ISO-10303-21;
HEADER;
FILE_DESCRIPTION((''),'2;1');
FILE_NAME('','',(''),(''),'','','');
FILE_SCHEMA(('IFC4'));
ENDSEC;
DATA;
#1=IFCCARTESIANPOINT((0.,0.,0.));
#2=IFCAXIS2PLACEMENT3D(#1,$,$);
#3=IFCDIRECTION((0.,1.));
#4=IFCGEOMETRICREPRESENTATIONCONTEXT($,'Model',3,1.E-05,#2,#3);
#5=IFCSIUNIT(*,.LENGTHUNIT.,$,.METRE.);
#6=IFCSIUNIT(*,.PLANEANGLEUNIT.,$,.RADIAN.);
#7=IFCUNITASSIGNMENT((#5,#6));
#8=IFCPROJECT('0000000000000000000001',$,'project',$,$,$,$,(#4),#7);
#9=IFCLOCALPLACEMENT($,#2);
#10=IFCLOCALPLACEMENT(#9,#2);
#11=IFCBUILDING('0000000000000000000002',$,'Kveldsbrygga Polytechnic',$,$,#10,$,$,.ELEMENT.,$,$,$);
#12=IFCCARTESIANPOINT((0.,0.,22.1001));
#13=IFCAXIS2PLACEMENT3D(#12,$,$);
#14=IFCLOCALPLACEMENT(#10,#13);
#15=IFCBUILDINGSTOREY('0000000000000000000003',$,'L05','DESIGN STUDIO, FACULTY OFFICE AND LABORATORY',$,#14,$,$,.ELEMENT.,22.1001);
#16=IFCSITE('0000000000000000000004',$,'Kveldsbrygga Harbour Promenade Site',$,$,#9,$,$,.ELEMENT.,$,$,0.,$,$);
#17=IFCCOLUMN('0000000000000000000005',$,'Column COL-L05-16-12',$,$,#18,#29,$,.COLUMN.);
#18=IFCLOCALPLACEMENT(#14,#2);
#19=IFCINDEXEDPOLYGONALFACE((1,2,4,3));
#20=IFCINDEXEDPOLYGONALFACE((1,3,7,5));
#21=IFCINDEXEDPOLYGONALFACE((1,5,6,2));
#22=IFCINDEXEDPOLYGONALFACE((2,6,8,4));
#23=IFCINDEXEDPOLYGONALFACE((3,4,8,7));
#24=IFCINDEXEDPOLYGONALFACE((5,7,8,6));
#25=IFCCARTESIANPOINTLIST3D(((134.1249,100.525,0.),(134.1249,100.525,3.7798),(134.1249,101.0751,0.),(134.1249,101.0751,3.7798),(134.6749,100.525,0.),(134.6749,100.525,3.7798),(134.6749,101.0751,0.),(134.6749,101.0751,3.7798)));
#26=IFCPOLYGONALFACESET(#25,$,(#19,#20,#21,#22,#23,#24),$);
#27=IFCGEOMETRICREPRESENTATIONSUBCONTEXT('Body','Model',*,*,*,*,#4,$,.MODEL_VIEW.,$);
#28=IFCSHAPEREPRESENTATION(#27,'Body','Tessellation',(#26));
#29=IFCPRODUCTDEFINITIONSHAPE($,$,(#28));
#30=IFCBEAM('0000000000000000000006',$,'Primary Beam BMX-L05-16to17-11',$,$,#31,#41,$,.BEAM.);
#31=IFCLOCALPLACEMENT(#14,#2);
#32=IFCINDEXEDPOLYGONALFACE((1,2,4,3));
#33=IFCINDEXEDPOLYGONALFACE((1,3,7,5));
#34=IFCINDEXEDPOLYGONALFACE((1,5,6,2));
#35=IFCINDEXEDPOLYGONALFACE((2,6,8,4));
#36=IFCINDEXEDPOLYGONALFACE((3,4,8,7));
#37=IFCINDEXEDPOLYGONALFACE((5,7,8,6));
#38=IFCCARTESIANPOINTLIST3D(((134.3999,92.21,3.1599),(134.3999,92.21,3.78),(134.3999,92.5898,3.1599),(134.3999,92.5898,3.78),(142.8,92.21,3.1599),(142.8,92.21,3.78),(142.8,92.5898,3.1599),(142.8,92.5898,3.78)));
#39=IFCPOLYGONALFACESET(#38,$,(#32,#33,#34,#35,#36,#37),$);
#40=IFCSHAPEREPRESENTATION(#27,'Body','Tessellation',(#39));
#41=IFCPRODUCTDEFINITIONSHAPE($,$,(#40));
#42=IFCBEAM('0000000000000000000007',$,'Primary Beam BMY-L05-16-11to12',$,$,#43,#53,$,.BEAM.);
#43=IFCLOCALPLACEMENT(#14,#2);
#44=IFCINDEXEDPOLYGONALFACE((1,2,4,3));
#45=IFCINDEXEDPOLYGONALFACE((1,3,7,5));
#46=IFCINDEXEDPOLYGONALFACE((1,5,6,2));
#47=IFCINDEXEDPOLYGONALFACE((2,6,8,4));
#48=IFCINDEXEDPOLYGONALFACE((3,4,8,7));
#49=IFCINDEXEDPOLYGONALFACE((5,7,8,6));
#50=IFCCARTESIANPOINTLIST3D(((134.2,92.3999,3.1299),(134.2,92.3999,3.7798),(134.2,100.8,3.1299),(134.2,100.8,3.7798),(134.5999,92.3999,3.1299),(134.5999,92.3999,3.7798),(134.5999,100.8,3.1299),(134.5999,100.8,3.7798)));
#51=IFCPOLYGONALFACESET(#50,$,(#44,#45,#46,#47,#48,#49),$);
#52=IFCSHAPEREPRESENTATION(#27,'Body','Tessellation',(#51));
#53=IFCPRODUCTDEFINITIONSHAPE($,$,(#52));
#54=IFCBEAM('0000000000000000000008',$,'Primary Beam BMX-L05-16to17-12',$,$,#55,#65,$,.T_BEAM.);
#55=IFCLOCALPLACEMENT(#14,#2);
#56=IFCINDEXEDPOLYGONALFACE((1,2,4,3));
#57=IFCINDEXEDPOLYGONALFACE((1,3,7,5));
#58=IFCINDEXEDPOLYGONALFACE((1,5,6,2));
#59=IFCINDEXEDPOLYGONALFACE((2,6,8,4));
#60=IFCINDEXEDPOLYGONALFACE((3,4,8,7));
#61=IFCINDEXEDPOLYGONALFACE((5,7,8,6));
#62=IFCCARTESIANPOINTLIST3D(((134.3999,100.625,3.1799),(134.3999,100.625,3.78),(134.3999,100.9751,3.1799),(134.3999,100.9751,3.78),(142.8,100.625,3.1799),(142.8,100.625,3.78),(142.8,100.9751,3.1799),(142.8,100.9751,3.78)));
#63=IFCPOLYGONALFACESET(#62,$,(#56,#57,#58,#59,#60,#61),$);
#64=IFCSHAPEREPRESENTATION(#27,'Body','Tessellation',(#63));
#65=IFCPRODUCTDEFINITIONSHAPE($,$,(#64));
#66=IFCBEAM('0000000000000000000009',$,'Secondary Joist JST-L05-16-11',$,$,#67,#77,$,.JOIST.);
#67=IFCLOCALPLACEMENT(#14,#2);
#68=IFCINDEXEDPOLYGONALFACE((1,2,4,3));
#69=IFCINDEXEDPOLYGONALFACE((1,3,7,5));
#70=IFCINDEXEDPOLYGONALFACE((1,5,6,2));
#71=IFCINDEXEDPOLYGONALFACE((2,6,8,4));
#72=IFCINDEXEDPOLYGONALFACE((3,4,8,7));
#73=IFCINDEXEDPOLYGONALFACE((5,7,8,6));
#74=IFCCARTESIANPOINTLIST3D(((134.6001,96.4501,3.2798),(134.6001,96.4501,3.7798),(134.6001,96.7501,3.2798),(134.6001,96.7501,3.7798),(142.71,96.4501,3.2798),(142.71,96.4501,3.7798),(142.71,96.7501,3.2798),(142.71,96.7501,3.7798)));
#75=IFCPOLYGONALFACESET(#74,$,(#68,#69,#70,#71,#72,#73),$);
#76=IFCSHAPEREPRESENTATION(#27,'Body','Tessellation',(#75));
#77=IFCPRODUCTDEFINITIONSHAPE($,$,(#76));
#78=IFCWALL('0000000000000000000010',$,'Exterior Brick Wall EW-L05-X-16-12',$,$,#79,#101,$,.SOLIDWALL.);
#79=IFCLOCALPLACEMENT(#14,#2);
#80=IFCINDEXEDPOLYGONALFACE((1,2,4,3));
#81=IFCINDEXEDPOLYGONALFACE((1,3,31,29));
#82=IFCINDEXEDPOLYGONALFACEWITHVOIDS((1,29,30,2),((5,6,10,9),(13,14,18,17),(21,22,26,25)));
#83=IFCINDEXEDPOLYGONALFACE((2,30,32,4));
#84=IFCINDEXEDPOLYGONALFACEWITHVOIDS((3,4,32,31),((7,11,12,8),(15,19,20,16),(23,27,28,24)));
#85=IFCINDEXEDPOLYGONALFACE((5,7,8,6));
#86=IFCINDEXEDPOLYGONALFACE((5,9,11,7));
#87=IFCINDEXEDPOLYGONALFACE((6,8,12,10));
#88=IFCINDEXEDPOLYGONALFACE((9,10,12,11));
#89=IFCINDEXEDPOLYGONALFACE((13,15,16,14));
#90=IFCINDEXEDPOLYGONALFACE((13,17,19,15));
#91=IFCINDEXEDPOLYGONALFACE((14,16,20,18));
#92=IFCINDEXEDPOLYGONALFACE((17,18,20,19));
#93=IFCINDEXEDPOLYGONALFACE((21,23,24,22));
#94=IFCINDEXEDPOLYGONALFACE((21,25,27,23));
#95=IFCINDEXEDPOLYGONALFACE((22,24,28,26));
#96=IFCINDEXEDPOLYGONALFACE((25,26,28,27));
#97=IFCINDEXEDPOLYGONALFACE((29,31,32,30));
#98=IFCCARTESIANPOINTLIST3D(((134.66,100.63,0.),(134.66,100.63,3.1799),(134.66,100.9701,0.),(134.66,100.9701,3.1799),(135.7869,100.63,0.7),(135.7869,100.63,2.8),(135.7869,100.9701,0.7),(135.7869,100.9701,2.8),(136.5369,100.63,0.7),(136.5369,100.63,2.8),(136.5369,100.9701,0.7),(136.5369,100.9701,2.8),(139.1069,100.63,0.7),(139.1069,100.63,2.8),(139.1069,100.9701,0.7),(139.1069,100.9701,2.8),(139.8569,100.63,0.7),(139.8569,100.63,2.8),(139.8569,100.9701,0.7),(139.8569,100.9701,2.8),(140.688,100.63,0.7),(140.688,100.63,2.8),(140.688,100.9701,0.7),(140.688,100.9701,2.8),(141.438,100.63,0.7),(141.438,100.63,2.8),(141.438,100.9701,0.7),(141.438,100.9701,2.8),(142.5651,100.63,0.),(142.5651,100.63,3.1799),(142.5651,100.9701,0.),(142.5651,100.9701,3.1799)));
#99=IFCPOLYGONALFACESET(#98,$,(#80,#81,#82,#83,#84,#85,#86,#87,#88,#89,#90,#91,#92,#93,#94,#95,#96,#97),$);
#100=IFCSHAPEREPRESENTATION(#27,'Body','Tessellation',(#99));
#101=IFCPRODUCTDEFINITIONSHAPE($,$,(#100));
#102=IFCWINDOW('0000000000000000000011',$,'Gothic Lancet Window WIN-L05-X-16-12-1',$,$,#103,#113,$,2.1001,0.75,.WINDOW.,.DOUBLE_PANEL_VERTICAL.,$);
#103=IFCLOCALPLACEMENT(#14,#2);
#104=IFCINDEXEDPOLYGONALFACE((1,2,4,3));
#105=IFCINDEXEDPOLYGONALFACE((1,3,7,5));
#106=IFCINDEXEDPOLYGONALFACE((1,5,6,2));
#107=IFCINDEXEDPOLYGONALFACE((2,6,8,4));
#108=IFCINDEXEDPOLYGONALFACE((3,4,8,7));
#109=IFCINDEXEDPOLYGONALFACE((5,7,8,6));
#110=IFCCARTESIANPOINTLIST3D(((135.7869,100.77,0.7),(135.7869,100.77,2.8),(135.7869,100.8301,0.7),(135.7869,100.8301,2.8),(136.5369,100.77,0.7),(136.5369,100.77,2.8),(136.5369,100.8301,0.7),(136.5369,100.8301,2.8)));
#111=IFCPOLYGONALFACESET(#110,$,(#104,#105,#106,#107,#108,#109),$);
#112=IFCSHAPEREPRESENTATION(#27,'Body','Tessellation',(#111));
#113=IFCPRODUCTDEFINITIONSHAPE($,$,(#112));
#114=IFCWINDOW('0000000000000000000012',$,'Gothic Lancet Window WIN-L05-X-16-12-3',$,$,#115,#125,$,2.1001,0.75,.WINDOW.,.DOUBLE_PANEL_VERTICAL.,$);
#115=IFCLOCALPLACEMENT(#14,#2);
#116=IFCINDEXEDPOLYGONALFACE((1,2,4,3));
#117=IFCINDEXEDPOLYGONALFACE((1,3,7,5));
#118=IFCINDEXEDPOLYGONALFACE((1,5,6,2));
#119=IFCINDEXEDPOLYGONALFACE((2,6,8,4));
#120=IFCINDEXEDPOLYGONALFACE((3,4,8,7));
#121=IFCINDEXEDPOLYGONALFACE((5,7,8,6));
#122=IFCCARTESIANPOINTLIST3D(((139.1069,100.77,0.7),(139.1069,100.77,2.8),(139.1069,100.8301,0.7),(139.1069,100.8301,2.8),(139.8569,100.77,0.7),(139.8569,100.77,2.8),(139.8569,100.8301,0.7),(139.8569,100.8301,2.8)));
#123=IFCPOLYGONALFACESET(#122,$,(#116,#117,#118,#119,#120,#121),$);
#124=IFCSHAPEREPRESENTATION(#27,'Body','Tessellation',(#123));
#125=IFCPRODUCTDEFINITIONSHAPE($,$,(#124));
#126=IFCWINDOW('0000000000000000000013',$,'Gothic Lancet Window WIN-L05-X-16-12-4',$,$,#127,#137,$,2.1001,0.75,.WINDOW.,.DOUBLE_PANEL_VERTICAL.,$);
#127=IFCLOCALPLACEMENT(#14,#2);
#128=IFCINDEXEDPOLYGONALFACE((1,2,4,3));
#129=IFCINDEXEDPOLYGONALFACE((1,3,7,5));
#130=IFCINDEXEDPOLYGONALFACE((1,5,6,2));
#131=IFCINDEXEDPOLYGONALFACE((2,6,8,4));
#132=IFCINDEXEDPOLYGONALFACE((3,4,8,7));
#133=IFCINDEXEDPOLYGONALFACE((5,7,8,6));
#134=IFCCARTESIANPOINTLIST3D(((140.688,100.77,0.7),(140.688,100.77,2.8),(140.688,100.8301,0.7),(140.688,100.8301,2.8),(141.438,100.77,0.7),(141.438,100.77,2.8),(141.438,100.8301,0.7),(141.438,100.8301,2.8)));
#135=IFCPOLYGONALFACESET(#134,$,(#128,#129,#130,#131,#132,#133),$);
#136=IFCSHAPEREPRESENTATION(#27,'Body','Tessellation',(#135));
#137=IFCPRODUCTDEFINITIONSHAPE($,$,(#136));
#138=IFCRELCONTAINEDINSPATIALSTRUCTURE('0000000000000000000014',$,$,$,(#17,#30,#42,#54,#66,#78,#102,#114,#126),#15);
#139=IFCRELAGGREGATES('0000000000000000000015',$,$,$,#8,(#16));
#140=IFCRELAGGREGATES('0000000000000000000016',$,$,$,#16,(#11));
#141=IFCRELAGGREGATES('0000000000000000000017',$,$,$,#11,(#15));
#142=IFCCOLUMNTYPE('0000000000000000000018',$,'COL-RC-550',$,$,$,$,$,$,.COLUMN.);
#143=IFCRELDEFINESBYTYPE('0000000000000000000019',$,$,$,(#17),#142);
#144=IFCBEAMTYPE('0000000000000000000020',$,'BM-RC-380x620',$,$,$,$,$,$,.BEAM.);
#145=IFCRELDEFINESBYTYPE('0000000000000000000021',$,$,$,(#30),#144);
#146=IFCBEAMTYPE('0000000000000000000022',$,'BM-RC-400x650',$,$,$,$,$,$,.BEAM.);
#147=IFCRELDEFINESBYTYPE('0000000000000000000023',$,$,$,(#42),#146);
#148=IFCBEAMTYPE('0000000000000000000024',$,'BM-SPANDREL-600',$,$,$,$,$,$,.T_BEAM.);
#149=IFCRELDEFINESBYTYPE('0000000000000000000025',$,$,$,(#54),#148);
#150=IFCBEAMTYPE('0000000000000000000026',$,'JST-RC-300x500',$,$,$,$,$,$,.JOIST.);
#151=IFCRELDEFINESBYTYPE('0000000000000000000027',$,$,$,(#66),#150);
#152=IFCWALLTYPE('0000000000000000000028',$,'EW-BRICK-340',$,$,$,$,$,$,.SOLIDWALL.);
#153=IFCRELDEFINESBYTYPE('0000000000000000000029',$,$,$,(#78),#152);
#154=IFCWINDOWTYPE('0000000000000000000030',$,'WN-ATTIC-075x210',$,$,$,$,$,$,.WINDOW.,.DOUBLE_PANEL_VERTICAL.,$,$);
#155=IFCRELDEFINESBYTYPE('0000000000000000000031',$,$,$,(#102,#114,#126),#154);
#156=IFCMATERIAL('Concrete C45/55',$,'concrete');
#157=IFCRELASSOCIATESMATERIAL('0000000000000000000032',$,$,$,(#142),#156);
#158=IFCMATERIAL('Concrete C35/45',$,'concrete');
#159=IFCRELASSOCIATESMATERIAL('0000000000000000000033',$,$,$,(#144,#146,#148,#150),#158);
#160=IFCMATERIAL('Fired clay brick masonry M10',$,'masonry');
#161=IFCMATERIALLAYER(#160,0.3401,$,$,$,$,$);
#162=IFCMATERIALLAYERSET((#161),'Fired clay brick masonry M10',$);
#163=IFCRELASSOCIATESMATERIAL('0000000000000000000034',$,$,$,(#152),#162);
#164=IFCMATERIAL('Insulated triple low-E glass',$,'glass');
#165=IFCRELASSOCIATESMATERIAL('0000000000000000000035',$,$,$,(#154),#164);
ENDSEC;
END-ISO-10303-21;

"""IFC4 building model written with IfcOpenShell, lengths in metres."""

from ifc_helpers import new_model, si_unit, direction, frame, frame_2d, origin, origin_2d, place, context, subcontext, project, spatial, rectangle, extrude, material, layer, layer_set, material_profile, profile_set, type_object, element, fill, save


model = new_model("IFC4")

# Units and contexts
model_context = context("Model", 3, precision=1e-05, world=origin(), true_north=direction((0.0, 1.0)))
body_context = subcontext(model_context, "Body", "Model", "MODEL_VIEW")
ifc_project = project(units=[si_unit("LENGTHUNIT", "METRE"), si_unit("PLANEANGLEUNIT", "RADIAN")], contexts=[model_context])

# Site, building, storey
site_placement = place(None, origin())
site = spatial("IfcSite", under=ifc_project, at=site_placement, Name="Kveldsbrygga Harbour Promenade Site", CompositionType="ELEMENT", RefElevation=0.0)
building_placement = place(site_placement, origin())
building = spatial("IfcBuilding", under=site, at=building_placement, Name="Kveldsbrygga Polytechnic", CompositionType="ELEMENT")
storey_placement = place(building_placement, frame((0.0, 0.0, 22.1001)))
storey = spatial("IfcBuildingStorey", under=building, at=storey_placement, Name="L05", Description="DESIGN STUDIO, FACULTY OFFICE AND LABORATORY", CompositionType="ELEMENT", Elevation=22.1001)

# Column
ifc_material_1 = material(Name="Concrete C45/55", Category="concrete")
ifc_material_profile_1 = material_profile(ifc_material_1, rectangle(XDim=0.55, YDim=0.55, at=origin_2d()), Name="RC 550x550")
ifc_profile_set_1 = profile_set([ifc_material_profile_1], Name="Concrete C45/55")
column_type = type_object("IfcColumnType", Name="COL-RC-550", PredefinedType="COLUMN", material=ifc_profile_set_1)
column_placement = place(storey_placement, frame((134.3999, 100.8, 0.0), z_axis=(0.0, 0.0, 1.0), x_axis=(1.0, 0.0, 0.0)))
element("IfcColumn", 1, at=column_placement, inside=storey, type_object=column_type, Name="Column COL-L05-16-12", PredefinedType="COLUMN", context=body_context, shape_type="SweptSolid", body=[
    extrude(rectangle(XDim=0.55, YDim=0.55, at=origin_2d()), origin(), (0.0, 0.0, 1.0), 3.7798),
])

# Beams
ifc_material_2 = material(Name="Concrete C35/45", Category="concrete")
ifc_material_profile_2 = material_profile(ifc_material_2, rectangle(XDim=0.3799, YDim=0.6201, at=origin_2d()), Name="RC 380x620")
ifc_profile_set_2 = profile_set([ifc_material_profile_2], Name="Concrete C35/45")
beam_type_1 = type_object("IfcBeamType", Name="BM-RC-380x620", PredefinedType="BEAM", material=ifc_profile_set_2)
beam_1_placement = place(storey_placement, frame((134.3999, 92.3999, 3.47), z_axis=(1.0, 0.0, 0.0), x_axis=(0.0, 1.0, 0.0)))
element("IfcBeam", 2, at=beam_1_placement, inside=storey, type_object=beam_type_1, Name="Primary Beam BMX-L05-16to17-11", PredefinedType="BEAM", context=body_context, shape_type="SweptSolid", body=[
    extrude(rectangle(XDim=0.3799, YDim=0.6201, at=origin_2d()), origin(), (0.0, 0.0, 1.0), 8.4001),
])
ifc_material_profile_3 = material_profile(ifc_material_2, rectangle(XDim=0.3999, YDim=0.6499, at=origin_2d()), Name="RC 400x650")
ifc_profile_set_3 = profile_set([ifc_material_profile_3], Name="Concrete C35/45")
beam_type_2 = type_object("IfcBeamType", Name="BM-RC-400x650", PredefinedType="BEAM", material=ifc_profile_set_3)
beam_2_placement = place(storey_placement, frame((134.3999, 92.3999, 3.4548), z_axis=(0.0, 1.0, 0.0), x_axis=(-1.0, 0.0, 0.0)))
element("IfcBeam", 3, at=beam_2_placement, inside=storey, type_object=beam_type_2, Name="Primary Beam BMY-L05-16-11to12", PredefinedType="BEAM", context=body_context, shape_type="SweptSolid", body=[
    extrude(rectangle(XDim=0.3999, YDim=0.6499, at=origin_2d()), origin(), (0.0, 0.0, 1.0), 8.4001),
])
ifc_material_profile_4 = material_profile(ifc_material_2, rectangle(XDim=0.3501, YDim=0.6001, at=origin_2d()), Name="RC 350x600")
ifc_profile_set_4 = profile_set([ifc_material_profile_4], Name="Concrete C35/45")
beam_type_3 = type_object("IfcBeamType", Name="BM-SPANDREL-600", PredefinedType="T_BEAM", material=ifc_profile_set_4)
beam_3_placement = place(storey_placement, frame((134.3999, 100.8, 3.48), z_axis=(1.0, 0.0, 0.0), x_axis=(0.0, 1.0, 0.0)))
element("IfcBeam", 4, at=beam_3_placement, inside=storey, type_object=beam_type_3, Name="Primary Beam BMX-L05-16to17-12", PredefinedType="T_BEAM", context=body_context, shape_type="SweptSolid", body=[
    extrude(rectangle(XDim=0.3501, YDim=0.6001, at=origin_2d()), origin(), (0.0, 0.0, 1.0), 8.4001),
])
ifc_material_profile_5 = material_profile(ifc_material_2, rectangle(XDim=0.3, YDim=0.5, at=origin_2d()), Name="RC 300x500")
ifc_profile_set_5 = profile_set([ifc_material_profile_5], Name="Concrete C35/45")
beam_type_4 = type_object("IfcBeamType", Name="JST-RC-300x500", PredefinedType="JOIST", material=ifc_profile_set_5)
beam_4_placement = place(storey_placement, frame((134.6001, 96.6001, 3.5298), z_axis=(1.0, 0.0, 0.0), x_axis=(0.0, 1.0, 0.0)))
element("IfcBeam", 5, at=beam_4_placement, inside=storey, type_object=beam_type_4, Name="Secondary Joist JST-L05-16-11", PredefinedType="JOIST", context=body_context, shape_type="SweptSolid", body=[
    extrude(rectangle(XDim=0.3, YDim=0.5, at=origin_2d()), origin(), (0.0, 0.0, 1.0), 8.1099),
])

# Wall, openings, windows
ifc_material_3 = material(Name="Fired clay brick masonry M10", Category="masonry")
ifc_layer_1 = layer(ifc_material_3, 0.3401)
ifc_layer_set_1 = layer_set([ifc_layer_1], Name="Fired clay brick masonry M10")
wall_type_1 = type_object("IfcWallType", Name="EW-BRICK-340", PredefinedType="SOLIDWALL", material=ifc_layer_set_1)
wall_1_placement = place(storey_placement, frame((134.6599, 100.8, 0.0), z_axis=(0.0, 0.0, 1.0), x_axis=(1.0, 0.0, 0.0)))
wall_1 = element("IfcWall", 6, at=wall_1_placement, inside=storey, type_object=wall_type_1, Name="Exterior Brick Wall EW-L05-X-16-12", PredefinedType="SOLIDWALL", context=body_context, shape_type="SweptSolid", body=[
    extrude(rectangle(XDim=7.905, YDim=0.3401, at=frame_2d((3.9526, 0.0))), origin(), (0.0, 0.0, 1.0), 3.1799),
])
opening_1_placement = place(wall_1_placement, frame((1.127, 0.0, 0.7)))
opening_1 = element("IfcOpeningElement", 7, at=opening_1_placement, cuts=wall_1, PredefinedType="OPENING", context=body_context, shape_type="SweptSolid", body=[
    extrude(rectangle(XDim=0.75, YDim=2.1001, at=frame_2d((0.375, 1.05))), frame((0.0, 0.1802, 0.0), z_axis=(0.0, -1.0, 0.0), x_axis=(1.0, 0.0, 0.0)), (0.0, 0.0, 1.0), 0.3601),
])
opening_2_placement = place(wall_1_placement, frame((4.447, 0.0, 0.7)))
opening_2 = element("IfcOpeningElement", 8, at=opening_2_placement, cuts=wall_1, PredefinedType="OPENING", context=body_context, shape_type="SweptSolid", body=[
    extrude(rectangle(XDim=0.75, YDim=2.1001, at=frame_2d((0.375, 1.05))), frame((0.0, 0.1802, 0.0), z_axis=(0.0, -1.0, 0.0), x_axis=(1.0, 0.0, 0.0)), (0.0, 0.0, 1.0), 0.3601),
])
opening_3_placement = place(wall_1_placement, frame((6.0281, 0.0, 0.7)))
opening_3 = element("IfcOpeningElement", 9, at=opening_3_placement, cuts=wall_1, PredefinedType="OPENING", context=body_context, shape_type="SweptSolid", body=[
    extrude(rectangle(XDim=0.75, YDim=2.1001, at=frame_2d((0.375, 1.05))), frame((0.0, 0.1802, 0.0), z_axis=(0.0, -1.0, 0.0), x_axis=(1.0, 0.0, 0.0)), (0.0, 0.0, 1.0), 0.3601),
])
ifc_material_4 = material(Name="Insulated triple low-E glass", Category="glass")
window_type = type_object("IfcWindowType", Name="WN-ATTIC-075x210", PartitioningType="DOUBLE_PANEL_VERTICAL", PredefinedType="WINDOW", material=ifc_material_4)
window_1_placement = place(opening_1_placement, origin())
window_1 = element("IfcWindow", 10, at=window_1_placement, inside=storey, type_object=window_type, Name="Gothic Lancet Window WIN-L05-X-16-12-1", OverallHeight=2.1001, OverallWidth=0.75, PartitioningType="DOUBLE_PANEL_VERTICAL", PredefinedType="WINDOW", context=body_context, shape_type="SweptSolid", body=[
    extrude(rectangle(XDim=0.75, YDim=2.1001, at=frame_2d((0.375, 1.05))), frame((0.0, 0.03, 0.0), z_axis=(0.0, -1.0, 0.0), x_axis=(1.0, 0.0, 0.0)), (0.0, 0.0, 1.0), 0.0601),
])
fill(opening_1, window_1)
window_2_placement = place(opening_2_placement, origin())
window_2 = element("IfcWindow", 11, at=window_2_placement, inside=storey, type_object=window_type, Name="Gothic Lancet Window WIN-L05-X-16-12-3", OverallHeight=2.1001, OverallWidth=0.75, PartitioningType="DOUBLE_PANEL_VERTICAL", PredefinedType="WINDOW", context=body_context, shape_type="SweptSolid", body=[
    extrude(rectangle(XDim=0.75, YDim=2.1001, at=frame_2d((0.375, 1.05))), frame((0.0, 0.03, 0.0), z_axis=(0.0, -1.0, 0.0), x_axis=(1.0, 0.0, 0.0)), (0.0, 0.0, 1.0), 0.0601),
])
fill(opening_2, window_2)
window_3_placement = place(opening_3_placement, origin())
window_3 = element("IfcWindow", 12, at=window_3_placement, inside=storey, type_object=window_type, Name="Gothic Lancet Window WIN-L05-X-16-12-4", OverallHeight=2.1001, OverallWidth=0.75, PartitioningType="DOUBLE_PANEL_VERTICAL", PredefinedType="WINDOW", context=body_context, shape_type="SweptSolid", body=[
    extrude(rectangle(XDim=0.75, YDim=2.1001, at=frame_2d((0.375, 1.05))), frame((0.0, 0.03, 0.0), z_axis=(0.0, -1.0, 0.0), x_axis=(1.0, 0.0, 0.0)), (0.0, 0.0, 1.0), 0.0601),
])
fill(opening_3, window_3)

save(model, "model.ifc")
